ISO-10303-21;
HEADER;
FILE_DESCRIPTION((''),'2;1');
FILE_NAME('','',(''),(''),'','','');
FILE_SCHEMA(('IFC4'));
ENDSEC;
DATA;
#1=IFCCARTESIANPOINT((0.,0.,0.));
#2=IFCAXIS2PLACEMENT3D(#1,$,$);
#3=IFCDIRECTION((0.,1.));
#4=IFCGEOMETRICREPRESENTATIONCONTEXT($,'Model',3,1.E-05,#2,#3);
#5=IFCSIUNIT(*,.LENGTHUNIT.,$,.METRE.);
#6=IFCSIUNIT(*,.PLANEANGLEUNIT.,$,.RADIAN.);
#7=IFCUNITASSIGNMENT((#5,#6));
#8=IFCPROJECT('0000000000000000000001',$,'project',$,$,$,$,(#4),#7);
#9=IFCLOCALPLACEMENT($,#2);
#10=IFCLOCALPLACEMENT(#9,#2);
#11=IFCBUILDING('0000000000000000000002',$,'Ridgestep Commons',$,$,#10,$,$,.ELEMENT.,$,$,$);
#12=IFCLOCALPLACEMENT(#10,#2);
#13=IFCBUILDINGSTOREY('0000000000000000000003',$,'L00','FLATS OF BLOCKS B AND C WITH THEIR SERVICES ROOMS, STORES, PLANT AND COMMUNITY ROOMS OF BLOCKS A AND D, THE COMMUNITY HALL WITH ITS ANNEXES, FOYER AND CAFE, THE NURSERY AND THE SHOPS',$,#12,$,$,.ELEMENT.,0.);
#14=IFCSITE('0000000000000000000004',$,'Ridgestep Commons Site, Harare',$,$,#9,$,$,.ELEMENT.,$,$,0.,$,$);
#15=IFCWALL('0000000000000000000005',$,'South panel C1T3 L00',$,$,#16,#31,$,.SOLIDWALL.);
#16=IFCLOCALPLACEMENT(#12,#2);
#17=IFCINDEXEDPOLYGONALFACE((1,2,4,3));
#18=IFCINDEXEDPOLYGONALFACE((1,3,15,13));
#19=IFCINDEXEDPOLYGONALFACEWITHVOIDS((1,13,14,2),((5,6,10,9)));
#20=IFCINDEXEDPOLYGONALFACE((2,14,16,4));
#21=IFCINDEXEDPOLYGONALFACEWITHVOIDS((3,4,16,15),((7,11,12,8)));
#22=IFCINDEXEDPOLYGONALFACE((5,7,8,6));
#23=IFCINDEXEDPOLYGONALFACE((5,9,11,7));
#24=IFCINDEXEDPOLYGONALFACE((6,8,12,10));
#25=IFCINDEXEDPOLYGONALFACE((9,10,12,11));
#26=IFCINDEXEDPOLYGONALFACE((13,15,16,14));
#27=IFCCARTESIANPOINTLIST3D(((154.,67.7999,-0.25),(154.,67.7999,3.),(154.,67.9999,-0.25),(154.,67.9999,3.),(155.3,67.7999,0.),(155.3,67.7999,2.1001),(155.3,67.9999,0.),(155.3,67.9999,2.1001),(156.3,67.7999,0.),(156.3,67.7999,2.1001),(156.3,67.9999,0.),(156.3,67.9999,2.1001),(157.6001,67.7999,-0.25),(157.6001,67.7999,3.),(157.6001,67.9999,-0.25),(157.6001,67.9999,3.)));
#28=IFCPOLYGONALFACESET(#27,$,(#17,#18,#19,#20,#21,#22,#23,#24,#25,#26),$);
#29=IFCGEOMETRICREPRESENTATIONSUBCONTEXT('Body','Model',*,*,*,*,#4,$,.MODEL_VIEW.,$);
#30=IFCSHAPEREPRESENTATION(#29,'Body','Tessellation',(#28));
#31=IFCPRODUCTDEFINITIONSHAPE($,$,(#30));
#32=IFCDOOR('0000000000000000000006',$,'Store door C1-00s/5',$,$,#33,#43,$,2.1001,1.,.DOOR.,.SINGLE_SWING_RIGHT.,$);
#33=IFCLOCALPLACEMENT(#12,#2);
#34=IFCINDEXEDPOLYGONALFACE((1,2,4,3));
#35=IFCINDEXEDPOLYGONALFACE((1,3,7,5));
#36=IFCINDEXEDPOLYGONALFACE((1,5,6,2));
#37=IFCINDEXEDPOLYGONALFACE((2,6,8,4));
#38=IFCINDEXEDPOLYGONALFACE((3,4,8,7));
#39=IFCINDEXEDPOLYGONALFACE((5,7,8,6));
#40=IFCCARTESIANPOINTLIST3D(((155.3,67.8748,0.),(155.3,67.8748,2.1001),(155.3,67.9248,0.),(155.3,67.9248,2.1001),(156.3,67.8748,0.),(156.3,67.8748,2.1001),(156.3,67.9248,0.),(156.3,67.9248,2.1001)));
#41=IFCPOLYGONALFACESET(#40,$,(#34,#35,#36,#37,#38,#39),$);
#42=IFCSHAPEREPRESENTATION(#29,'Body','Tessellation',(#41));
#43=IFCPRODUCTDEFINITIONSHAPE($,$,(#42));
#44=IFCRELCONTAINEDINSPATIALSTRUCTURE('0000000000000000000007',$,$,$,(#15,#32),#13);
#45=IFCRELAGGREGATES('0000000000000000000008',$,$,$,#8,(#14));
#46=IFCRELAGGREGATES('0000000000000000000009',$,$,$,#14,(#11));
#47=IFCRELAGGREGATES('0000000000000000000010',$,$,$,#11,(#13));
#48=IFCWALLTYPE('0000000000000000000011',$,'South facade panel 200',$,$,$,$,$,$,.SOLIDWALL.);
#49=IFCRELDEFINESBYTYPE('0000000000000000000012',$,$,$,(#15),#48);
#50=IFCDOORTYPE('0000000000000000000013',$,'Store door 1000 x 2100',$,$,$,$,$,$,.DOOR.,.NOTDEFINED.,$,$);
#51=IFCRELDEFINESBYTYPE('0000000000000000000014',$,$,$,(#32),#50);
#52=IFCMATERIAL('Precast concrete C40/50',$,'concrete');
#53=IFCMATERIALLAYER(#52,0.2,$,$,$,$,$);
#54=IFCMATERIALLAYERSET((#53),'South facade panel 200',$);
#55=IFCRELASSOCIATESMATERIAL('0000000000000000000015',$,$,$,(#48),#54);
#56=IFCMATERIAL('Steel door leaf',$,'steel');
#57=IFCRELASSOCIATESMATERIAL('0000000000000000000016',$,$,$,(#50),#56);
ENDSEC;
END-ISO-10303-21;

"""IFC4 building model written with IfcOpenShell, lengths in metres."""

from ifc_helpers import new_model, si_unit, direction, frame, frame_2d, origin, place, context, subcontext, project, spatial, rectangle, extrude, material, layer, layer_set, type_object, element, fill, save


model = new_model("IFC4")

# Units and contexts
model_context = context("Model", 3, precision=1e-05, world=origin(), true_north=direction((0.0, 1.0)))
body_context = subcontext(model_context, "Body", "Model", "MODEL_VIEW")
ifc_project = project(units=[si_unit("LENGTHUNIT", "METRE"), si_unit("PLANEANGLEUNIT", "RADIAN")], contexts=[model_context])

# Site, building, storey
site_placement = place(None, origin())
site = spatial("IfcSite", under=ifc_project, at=site_placement, Name="Ridgestep Commons Site, Harare", CompositionType="ELEMENT", RefElevation=0.0)
building_placement = place(site_placement, origin())
building = spatial("IfcBuilding", under=site, at=building_placement, Name="Ridgestep Commons", CompositionType="ELEMENT")
storey_placement = place(building_placement, origin())
storey = spatial("IfcBuildingStorey", under=building, at=storey_placement, Name="L00", Description="FLATS OF BLOCKS B AND C WITH THEIR SERVICES ROOMS, STORES, PLANT AND COMMUNITY ROOMS OF BLOCKS A AND D, THE COMMUNITY HALL WITH ITS ANNEXES, FOYER AND CAFE, THE NURSERY AND THE SHOPS", CompositionType="ELEMENT", Elevation=0.0)

# Wall, opening, door
ifc_material_1 = material(Name="Precast concrete C40/50", Category="concrete")
ifc_layer_1 = layer(ifc_material_1, 0.2)
ifc_layer_set_1 = layer_set([ifc_layer_1], Name="South facade panel 200")
wall_type_1 = type_object("IfcWallType", Name="South facade panel 200", PredefinedType="SOLIDWALL", material=ifc_layer_set_1)
ifc_material_2 = material(Name="Steel door leaf", Category="steel")
door_type_1 = type_object("IfcDoorType", Name="Store door 1000 x 2100", OperationType="NOTDEFINED", PredefinedType="DOOR", material=ifc_material_2)
wall_1_placement = place(storey_placement, frame((154.0, 67.8999, -0.25), z_axis=(0.0, 0.0, 1.0), x_axis=(1.0, 0.0, 0.0)))
wall_1 = element("IfcWall", 1, at=wall_1_placement, inside=storey, type_object=wall_type_1, Name="South panel C1T3 L00", PredefinedType="SOLIDWALL", context=body_context, shape_type="SweptSolid", body=[
    extrude(rectangle(XDim=3.6001, YDim=0.2, at=frame_2d((1.8, 0.0))), origin(), (0.0, 0.0, 1.0), 3.25),
])
opening_1_placement = place(wall_1_placement, frame((1.3, 0.0, 0.25)))
opening_1 = element("IfcOpeningElement", 2, at=opening_1_placement, cuts=wall_1, PredefinedType="OPENING", context=body_context, shape_type="SweptSolid", body=[
    extrude(rectangle(XDim=1.0, YDim=2.1001, at=frame_2d((0.5, 1.05))), frame((0.0, 0.1099, 0.0), z_axis=(0.0, -1.0, 0.0), x_axis=(1.0, 0.0, 0.0)), (0.0, 0.0, 1.0), 0.22),
])
door_1_placement = place(opening_1_placement, origin())
door_1 = element("IfcDoor", 3, at=door_1_placement, inside=storey, type_object=door_type_1, Name="Store door C1-00s/5", OperationType="SINGLE_SWING_RIGHT", OverallHeight=2.1001, OverallWidth=1.0, PredefinedType="DOOR", context=body_context, shape_type="SweptSolid", body=[
    extrude(rectangle(XDim=1.0, YDim=2.1001, at=frame_2d((0.5, 1.05))), frame((0.0, 0.0249, 0.0), z_axis=(0.0, -1.0, 0.0), x_axis=(1.0, 0.0, 0.0)), (0.0, 0.0, 1.0), 0.05),
])
fill(opening_1, door_1)

save(model, "model.ifc")
